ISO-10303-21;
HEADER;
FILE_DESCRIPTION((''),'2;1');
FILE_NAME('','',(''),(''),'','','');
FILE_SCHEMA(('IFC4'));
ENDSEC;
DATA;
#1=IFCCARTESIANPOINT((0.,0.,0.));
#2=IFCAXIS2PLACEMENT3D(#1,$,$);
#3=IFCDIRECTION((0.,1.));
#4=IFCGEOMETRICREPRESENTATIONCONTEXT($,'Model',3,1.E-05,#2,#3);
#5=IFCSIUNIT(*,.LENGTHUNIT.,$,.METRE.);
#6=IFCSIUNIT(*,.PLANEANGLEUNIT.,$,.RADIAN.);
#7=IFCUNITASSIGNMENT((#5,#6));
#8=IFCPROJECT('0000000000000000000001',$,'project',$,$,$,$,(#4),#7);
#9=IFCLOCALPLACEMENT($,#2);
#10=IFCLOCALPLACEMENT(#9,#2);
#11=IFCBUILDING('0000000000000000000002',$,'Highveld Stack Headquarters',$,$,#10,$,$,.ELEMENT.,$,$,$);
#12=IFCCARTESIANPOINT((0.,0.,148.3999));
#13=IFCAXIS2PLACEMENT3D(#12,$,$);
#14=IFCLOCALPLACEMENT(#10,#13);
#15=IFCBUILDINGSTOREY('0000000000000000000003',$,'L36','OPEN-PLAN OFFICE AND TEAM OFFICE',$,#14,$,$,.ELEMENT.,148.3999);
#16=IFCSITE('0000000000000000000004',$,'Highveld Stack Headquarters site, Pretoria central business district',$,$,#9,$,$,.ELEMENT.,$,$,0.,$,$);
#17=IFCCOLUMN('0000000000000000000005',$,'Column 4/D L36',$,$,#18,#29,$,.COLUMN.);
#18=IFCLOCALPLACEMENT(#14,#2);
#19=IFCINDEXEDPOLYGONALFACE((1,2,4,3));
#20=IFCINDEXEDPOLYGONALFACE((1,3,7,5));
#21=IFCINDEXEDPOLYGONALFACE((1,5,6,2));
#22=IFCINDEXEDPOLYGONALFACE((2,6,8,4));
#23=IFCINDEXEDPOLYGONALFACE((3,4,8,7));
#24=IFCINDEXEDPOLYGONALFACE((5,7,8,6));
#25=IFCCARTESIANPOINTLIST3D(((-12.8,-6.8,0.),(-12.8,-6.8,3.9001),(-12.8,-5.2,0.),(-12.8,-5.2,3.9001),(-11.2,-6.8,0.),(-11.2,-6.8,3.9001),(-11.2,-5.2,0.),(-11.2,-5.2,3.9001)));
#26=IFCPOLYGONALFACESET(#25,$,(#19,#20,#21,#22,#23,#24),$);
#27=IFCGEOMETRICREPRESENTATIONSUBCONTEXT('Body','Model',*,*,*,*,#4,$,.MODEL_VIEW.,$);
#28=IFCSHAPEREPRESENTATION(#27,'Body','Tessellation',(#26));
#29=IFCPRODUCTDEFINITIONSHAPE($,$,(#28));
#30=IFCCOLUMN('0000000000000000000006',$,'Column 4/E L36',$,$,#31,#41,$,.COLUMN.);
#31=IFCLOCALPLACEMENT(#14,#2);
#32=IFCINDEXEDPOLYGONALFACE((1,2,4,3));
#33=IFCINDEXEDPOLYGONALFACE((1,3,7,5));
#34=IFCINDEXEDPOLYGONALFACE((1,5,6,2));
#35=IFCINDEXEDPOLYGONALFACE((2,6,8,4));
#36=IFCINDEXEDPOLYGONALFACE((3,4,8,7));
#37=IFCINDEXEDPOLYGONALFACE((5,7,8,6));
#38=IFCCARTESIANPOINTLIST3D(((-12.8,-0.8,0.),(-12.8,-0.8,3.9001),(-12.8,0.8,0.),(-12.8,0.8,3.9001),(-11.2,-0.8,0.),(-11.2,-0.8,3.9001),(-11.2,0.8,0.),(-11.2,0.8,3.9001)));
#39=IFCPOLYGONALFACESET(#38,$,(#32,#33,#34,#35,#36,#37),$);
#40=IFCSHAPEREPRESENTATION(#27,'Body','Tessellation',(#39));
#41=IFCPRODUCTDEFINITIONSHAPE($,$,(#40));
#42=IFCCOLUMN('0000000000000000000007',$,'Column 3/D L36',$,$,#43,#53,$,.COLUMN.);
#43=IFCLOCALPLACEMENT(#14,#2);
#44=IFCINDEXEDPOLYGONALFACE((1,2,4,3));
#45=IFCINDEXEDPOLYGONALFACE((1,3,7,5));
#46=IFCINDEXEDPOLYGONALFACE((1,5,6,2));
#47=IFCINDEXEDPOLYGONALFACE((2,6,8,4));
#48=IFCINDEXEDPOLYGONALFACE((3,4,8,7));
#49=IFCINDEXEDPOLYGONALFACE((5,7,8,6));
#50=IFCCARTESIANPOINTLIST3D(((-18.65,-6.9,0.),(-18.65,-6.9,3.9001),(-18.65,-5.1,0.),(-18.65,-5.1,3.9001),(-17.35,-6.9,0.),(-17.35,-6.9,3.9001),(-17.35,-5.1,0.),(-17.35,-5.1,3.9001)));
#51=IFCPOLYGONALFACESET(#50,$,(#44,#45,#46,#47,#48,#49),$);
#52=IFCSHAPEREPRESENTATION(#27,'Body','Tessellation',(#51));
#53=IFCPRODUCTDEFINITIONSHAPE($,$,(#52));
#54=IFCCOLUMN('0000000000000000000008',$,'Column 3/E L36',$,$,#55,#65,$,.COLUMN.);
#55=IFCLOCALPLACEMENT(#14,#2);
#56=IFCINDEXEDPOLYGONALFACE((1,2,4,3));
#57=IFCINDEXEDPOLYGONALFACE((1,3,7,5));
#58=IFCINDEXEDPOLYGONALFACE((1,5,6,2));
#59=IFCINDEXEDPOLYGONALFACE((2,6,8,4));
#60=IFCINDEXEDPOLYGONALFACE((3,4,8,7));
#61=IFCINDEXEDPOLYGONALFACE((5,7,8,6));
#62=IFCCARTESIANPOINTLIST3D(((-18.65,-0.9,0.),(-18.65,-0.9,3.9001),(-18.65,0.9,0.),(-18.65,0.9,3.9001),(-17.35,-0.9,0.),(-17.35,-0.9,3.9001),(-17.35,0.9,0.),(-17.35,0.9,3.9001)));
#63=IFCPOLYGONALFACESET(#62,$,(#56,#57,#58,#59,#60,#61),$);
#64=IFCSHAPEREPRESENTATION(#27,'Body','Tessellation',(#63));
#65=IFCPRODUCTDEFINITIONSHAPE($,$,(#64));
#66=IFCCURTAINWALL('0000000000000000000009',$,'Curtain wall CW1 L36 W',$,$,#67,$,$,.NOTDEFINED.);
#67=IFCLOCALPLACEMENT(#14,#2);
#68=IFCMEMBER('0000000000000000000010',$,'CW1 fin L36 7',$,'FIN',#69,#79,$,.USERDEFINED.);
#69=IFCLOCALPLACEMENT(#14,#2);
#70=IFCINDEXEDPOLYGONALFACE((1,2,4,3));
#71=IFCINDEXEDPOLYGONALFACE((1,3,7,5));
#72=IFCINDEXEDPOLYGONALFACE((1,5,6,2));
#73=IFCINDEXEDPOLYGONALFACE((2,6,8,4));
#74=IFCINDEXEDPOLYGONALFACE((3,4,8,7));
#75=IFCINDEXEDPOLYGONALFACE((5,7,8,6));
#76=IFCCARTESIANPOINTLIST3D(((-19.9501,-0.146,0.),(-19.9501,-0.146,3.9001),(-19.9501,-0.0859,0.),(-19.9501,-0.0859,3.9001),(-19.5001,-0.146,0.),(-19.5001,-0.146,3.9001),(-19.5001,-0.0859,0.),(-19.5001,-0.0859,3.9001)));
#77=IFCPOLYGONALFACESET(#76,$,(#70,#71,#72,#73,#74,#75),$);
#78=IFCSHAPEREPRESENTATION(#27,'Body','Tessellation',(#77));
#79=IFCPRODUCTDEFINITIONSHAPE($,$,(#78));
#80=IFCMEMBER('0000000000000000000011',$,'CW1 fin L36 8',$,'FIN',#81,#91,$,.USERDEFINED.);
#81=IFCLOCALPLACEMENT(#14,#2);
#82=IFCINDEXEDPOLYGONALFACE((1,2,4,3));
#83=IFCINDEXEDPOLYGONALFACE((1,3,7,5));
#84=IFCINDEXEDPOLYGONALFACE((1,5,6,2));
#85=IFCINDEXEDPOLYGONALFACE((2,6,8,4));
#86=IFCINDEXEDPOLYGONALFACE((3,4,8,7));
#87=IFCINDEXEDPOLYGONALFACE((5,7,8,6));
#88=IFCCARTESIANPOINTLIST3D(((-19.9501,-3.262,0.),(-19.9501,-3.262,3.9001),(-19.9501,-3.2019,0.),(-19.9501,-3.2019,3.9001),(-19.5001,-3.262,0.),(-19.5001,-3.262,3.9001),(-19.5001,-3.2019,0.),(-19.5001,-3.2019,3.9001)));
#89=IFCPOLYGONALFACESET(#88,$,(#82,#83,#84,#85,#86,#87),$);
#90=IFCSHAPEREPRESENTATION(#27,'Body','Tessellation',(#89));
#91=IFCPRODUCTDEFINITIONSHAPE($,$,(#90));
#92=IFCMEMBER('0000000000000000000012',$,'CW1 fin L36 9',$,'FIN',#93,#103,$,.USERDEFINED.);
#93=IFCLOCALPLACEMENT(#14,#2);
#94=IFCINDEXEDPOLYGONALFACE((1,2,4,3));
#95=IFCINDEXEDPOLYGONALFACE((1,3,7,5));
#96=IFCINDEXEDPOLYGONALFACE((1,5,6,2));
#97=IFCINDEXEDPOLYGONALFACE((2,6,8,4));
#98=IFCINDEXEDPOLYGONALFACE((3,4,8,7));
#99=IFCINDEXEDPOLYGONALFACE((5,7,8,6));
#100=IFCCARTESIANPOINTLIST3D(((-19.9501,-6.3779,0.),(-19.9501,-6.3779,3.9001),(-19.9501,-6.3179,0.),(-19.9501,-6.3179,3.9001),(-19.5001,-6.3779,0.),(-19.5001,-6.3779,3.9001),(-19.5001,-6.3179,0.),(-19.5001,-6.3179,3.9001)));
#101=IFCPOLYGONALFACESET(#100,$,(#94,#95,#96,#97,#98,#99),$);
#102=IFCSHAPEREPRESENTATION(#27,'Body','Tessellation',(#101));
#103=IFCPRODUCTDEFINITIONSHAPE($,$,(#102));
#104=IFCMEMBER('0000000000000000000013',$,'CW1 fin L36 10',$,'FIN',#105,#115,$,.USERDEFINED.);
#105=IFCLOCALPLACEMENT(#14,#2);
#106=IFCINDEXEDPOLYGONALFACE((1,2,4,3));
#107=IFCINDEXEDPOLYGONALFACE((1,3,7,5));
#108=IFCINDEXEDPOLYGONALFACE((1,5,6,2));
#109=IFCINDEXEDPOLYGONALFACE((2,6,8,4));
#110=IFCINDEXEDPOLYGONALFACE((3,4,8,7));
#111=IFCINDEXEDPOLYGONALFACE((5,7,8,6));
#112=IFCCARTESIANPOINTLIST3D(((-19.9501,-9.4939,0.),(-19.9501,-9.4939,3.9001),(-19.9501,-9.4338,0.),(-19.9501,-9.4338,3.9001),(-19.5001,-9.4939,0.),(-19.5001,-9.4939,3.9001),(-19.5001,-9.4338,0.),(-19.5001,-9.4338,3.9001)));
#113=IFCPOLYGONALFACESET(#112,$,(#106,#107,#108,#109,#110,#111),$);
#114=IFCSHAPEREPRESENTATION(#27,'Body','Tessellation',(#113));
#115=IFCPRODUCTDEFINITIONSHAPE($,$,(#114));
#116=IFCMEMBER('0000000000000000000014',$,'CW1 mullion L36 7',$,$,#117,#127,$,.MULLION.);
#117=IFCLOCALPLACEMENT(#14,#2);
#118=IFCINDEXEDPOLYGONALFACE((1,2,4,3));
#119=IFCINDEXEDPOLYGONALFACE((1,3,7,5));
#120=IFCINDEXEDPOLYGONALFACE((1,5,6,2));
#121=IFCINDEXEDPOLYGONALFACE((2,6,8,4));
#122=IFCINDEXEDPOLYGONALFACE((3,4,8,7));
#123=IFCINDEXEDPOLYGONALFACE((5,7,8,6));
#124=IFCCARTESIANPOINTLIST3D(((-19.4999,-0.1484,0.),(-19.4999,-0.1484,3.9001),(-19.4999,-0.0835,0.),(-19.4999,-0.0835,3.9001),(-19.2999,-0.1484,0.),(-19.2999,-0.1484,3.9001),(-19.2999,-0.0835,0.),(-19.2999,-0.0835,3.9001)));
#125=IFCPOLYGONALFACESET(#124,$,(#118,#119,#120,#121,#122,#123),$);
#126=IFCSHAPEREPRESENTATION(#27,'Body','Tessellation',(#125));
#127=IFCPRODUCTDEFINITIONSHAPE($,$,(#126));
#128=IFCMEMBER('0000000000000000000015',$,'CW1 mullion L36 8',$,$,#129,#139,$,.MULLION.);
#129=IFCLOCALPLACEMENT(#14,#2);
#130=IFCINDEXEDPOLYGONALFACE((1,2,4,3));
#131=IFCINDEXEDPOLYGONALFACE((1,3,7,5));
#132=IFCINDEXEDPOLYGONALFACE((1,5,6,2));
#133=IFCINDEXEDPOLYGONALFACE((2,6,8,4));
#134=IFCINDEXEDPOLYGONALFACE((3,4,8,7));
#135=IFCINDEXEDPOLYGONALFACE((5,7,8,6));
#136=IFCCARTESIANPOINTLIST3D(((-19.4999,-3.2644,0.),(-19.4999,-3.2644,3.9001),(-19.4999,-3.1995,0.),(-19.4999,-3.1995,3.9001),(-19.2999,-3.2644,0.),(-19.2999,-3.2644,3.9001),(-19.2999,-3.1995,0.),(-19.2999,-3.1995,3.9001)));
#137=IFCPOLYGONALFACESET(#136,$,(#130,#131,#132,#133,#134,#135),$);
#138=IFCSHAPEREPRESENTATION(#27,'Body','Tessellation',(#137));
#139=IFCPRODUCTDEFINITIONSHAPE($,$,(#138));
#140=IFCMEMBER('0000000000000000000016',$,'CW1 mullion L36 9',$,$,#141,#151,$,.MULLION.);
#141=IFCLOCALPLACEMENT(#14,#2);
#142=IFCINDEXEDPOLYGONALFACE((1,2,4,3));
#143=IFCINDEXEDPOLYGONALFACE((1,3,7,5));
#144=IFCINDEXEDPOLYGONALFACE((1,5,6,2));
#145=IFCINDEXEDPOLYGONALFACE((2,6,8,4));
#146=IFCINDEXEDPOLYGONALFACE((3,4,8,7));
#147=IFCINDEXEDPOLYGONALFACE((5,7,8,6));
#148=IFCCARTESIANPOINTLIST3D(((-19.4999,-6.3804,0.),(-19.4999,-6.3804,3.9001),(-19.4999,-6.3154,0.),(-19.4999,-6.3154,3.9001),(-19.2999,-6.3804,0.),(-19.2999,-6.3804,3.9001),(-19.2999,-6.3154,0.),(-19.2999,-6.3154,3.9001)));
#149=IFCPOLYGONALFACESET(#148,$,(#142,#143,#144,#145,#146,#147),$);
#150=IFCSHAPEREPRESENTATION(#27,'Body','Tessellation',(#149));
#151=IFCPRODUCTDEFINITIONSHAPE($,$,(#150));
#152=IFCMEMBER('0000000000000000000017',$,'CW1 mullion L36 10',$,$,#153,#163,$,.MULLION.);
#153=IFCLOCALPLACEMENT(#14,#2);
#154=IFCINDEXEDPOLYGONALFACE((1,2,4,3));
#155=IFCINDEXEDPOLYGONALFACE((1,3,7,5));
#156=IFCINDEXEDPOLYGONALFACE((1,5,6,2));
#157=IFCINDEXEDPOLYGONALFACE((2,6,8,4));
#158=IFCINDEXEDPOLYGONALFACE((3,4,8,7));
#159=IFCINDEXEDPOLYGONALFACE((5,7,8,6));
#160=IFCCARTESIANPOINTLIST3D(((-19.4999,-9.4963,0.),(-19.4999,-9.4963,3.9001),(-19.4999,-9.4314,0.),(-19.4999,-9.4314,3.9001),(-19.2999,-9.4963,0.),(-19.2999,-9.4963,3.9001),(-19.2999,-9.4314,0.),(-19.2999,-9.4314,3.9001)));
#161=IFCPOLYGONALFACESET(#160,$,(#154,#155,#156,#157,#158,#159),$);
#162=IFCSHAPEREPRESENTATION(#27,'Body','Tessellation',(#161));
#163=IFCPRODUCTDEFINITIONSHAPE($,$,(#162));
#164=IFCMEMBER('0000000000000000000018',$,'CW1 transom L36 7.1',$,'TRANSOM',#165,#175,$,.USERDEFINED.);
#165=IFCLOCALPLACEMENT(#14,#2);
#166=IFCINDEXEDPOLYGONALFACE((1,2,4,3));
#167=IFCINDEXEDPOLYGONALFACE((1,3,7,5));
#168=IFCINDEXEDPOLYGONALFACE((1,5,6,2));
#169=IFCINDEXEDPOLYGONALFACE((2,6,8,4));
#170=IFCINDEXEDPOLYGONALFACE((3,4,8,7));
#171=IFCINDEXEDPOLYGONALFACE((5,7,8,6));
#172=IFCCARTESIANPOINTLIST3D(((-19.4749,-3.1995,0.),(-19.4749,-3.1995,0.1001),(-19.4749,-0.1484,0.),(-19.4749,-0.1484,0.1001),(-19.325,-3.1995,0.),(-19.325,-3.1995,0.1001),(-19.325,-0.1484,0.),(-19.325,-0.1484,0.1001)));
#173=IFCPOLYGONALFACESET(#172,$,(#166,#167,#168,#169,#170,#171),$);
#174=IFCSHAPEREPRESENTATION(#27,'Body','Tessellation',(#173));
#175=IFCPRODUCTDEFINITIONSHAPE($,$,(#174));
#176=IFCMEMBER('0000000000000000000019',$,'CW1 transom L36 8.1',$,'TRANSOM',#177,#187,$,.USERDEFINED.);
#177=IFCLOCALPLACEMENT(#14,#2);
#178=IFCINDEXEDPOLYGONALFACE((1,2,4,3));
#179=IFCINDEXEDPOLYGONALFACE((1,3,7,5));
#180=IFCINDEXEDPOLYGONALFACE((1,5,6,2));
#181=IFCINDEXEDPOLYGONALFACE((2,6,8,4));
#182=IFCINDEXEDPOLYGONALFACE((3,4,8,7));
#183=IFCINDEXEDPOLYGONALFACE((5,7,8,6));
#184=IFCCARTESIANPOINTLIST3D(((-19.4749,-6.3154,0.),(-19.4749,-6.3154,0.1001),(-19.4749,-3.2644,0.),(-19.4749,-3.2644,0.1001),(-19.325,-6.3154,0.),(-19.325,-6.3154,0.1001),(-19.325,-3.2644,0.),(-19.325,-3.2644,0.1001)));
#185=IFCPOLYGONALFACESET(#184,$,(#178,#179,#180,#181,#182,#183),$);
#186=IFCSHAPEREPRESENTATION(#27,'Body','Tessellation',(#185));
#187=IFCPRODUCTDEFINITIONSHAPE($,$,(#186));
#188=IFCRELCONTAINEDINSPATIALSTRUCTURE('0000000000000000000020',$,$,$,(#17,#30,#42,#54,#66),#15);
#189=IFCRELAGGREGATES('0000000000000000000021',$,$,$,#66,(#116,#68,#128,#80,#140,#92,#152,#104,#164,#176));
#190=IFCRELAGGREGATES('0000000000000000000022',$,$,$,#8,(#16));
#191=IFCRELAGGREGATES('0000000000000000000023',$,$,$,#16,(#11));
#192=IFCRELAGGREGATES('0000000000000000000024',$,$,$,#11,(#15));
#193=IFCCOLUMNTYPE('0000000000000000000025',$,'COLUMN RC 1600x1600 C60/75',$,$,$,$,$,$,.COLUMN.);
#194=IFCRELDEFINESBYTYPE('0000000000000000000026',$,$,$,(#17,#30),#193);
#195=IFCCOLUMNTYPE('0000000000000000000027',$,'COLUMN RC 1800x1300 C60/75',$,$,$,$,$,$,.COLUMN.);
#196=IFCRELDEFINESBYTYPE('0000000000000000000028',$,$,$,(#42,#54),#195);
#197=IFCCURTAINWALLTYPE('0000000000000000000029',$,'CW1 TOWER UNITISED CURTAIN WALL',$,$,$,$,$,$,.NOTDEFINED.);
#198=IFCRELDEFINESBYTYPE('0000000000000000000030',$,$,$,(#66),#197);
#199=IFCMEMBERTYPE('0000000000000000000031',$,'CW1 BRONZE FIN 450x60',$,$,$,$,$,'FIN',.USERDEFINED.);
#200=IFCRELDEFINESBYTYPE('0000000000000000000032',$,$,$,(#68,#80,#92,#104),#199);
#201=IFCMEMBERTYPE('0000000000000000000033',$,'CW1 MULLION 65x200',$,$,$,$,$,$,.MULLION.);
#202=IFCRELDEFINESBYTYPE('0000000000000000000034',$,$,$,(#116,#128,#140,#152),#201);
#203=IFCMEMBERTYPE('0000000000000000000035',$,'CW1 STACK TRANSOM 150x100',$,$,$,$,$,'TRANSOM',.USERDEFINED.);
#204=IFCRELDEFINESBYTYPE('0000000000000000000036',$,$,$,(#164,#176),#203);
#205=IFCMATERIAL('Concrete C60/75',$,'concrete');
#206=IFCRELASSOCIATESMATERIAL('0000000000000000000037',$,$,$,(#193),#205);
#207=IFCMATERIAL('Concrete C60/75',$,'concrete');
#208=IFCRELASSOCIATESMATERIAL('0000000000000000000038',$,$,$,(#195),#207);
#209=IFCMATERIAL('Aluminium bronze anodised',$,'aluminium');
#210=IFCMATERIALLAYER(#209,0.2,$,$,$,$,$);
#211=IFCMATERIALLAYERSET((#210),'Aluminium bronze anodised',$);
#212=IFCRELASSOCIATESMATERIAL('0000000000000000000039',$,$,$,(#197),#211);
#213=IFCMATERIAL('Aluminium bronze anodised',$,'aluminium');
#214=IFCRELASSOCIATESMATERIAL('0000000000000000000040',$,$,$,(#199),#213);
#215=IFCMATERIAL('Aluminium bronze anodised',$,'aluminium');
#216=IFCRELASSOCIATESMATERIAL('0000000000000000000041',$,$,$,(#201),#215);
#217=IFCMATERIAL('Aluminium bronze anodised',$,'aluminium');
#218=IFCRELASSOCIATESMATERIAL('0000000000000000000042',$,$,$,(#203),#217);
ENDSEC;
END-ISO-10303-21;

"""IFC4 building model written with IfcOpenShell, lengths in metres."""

from ifc_helpers import new_model, si_unit, direction, frame, origin, origin_2d, place, context, subcontext, project, spatial, rectangle, extrude, material, layer, layer_set, material_profile, profile_set, type_object, element, aggregate, save


model = new_model("IFC4")

# Units and contexts
model_context = context("Model", 3, precision=1e-05, world=origin(), true_north=direction((0.0, 1.0)))
body_context = subcontext(model_context, "Body", "Model", "MODEL_VIEW")
ifc_project = project(units=[si_unit("LENGTHUNIT", "METRE"), si_unit("PLANEANGLEUNIT", "RADIAN")], contexts=[model_context])

# Site, building, storey
site_placement = place(None, origin())
site = spatial("IfcSite", under=ifc_project, at=site_placement, Name="Highveld Stack Headquarters site, Pretoria central business district", CompositionType="ELEMENT", RefElevation=0.0)
building_placement = place(site_placement, origin())
building = spatial("IfcBuilding", under=site, at=building_placement, Name="Highveld Stack Headquarters", CompositionType="ELEMENT")
storey_placement = place(building_placement, frame((0.0, 0.0, 148.3999)))
storey = spatial("IfcBuildingStorey", under=building, at=storey_placement, Name="L36", Description="OPEN-PLAN OFFICE AND TEAM OFFICE", CompositionType="ELEMENT", Elevation=148.3999)

# Columns
ifc_material_1 = material(Name="Concrete C60/75", Category="concrete")
ifc_material_profile_1 = material_profile(ifc_material_1, rectangle(XDim=1.6001, YDim=1.6001, at=origin_2d()), Name="RC 1600x1600")
ifc_profile_set_1 = profile_set([ifc_material_profile_1], Name="Concrete C60/75")
column_type_1 = type_object("IfcColumnType", Name="COLUMN RC 1600x1600 C60/75", PredefinedType="COLUMN", material=ifc_profile_set_1)
for number, where, z_axis, x_axis, name in (
    (1, (-12.0, -6.0, 0.0), (0.0, 0.0, 1.0), (1.0, 0.0, 0.0), "Column 4/D L36"),
    (2, (-12.0, 0.0, 0.0), (0.0, 0.0, 1.0), (1.0, 0.0, 0.0), "Column 4/E L36"),
):
    element("IfcColumn", number, at=place(storey_placement, frame(where, z_axis=z_axis, x_axis=x_axis)), inside=storey, type_object=column_type_1, Name=name, PredefinedType="COLUMN", context=body_context, shape_type="SweptSolid", body=[
        extrude(rectangle(XDim=1.6001, YDim=1.6001, at=origin_2d()), origin(), (0.0, 0.0, 1.0), 3.9001),
    ])
ifc_material_2 = material(Name="Concrete C60/75", Category="concrete")
ifc_material_profile_2 = material_profile(ifc_material_2, rectangle(XDim=1.8, YDim=1.3, at=origin_2d()), Name="RC 1800x1300")
ifc_profile_set_2 = profile_set([ifc_material_profile_2], Name="Concrete C60/75")
column_type_2 = type_object("IfcColumnType", Name="COLUMN RC 1800x1300 C60/75", PredefinedType="COLUMN", material=ifc_profile_set_2)
for number, where, z_axis, x_axis, name in (
    (3, (-18.0, -6.0, 0.0), (0.0, 0.0, 1.0), (0.0, 1.0, 0.0), "Column 3/D L36"),
    (4, (-18.0, 0.0, 0.0), (0.0, 0.0, 1.0), (0.0, 1.0, 0.0), "Column 3/E L36"),
):
    element("IfcColumn", number, at=place(storey_placement, frame(where, z_axis=z_axis, x_axis=x_axis)), inside=storey, type_object=column_type_2, Name=name, PredefinedType="COLUMN", context=body_context, shape_type="SweptSolid", body=[
        extrude(rectangle(XDim=1.8, YDim=1.3, at=origin_2d()), origin(), (0.0, 0.0, 1.0), 3.9001),
    ])

# Curtain wall, members
ifc_material_3 = material(Name="Aluminium bronze anodised", Category="aluminium")
ifc_layer_1 = layer(ifc_material_3, 0.2)
ifc_layer_set_1 = layer_set([ifc_layer_1], Name="Aluminium bronze anodised")
curtain_wall_type = type_object("IfcCurtainWallType", Name="CW1 TOWER UNITISED CURTAIN WALL", PredefinedType="NOTDEFINED", material=ifc_layer_set_1)
curtain_wall_placement = place(storey_placement, origin())
curtain_wall = element("IfcCurtainWall", 5, at=curtain_wall_placement, inside=storey, type_object=curtain_wall_type, Name="Curtain wall CW1 L36 W", PredefinedType="NOTDEFINED")
ifc_material_4 = material(Name="Aluminium bronze anodised", Category="aluminium")
ifc_material_profile_3 = material_profile(ifc_material_4, rectangle(XDim=0.45, YDim=0.0601, at=origin_2d()), Name="FIN 450x60")
ifc_profile_set_3 = profile_set([ifc_material_profile_3], Name="Aluminium bronze anodised")
member_type_1 = type_object("IfcMemberType", Name="CW1 BRONZE FIN 450x60", ElementType="FIN", PredefinedType="USERDEFINED", material=ifc_profile_set_3)
member_1_placement = place(storey_placement, frame((-19.7251, -0.116, 0.0), z_axis=(0.0, 0.0, 1.0), x_axis=(1.0, 0.0, 0.0)))
member_1 = element("IfcMember", 6, at=member_1_placement, type_object=member_type_1, Name="CW1 fin L36 7", ObjectType="FIN", PredefinedType="USERDEFINED", context=body_context, shape_type="SweptSolid", body=[
    extrude(rectangle(XDim=0.45, YDim=0.0601, at=origin_2d()), origin(), (0.0, 0.0, 1.0), 3.9001),
])
member_2_placement = place(storey_placement, frame((-19.7251, -3.2319, 0.0), z_axis=(0.0, 0.0, 1.0), x_axis=(1.0, 0.0, 0.0)))
member_2 = element("IfcMember", 7, at=member_2_placement, type_object=member_type_1, Name="CW1 fin L36 8", ObjectType="FIN", PredefinedType="USERDEFINED", context=body_context, shape_type="SweptSolid", body=[
    extrude(rectangle(XDim=0.45, YDim=0.0601, at=origin_2d()), origin(), (0.0, 0.0, 1.0), 3.9001),
])
member_3_placement = place(storey_placement, frame((-19.7251, -6.3479, 0.0), z_axis=(0.0, 0.0, 1.0), x_axis=(1.0, 0.0, 0.0)))
member_3 = element("IfcMember", 8, at=member_3_placement, type_object=member_type_1, Name="CW1 fin L36 9", ObjectType="FIN", PredefinedType="USERDEFINED", context=body_context, shape_type="SweptSolid", body=[
    extrude(rectangle(XDim=0.45, YDim=0.0601, at=origin_2d()), origin(), (0.0, 0.0, 1.0), 3.9001),
])
member_4_placement = place(storey_placement, frame((-19.7251, -9.4639, 0.0), z_axis=(0.0, 0.0, 1.0), x_axis=(1.0, 0.0, 0.0)))
member_4 = element("IfcMember", 9, at=member_4_placement, type_object=member_type_1, Name="CW1 fin L36 10", ObjectType="FIN", PredefinedType="USERDEFINED", context=body_context, shape_type="SweptSolid", body=[
    extrude(rectangle(XDim=0.45, YDim=0.0601, at=origin_2d()), origin(), (0.0, 0.0, 1.0), 3.9001),
])
ifc_material_5 = material(Name="Aluminium bronze anodised", Category="aluminium")
ifc_material_profile_4 = material_profile(ifc_material_5, rectangle(XDim=0.2, YDim=0.0649, at=origin_2d()), Name="CW1 MULLION 65x200")
ifc_profile_set_4 = profile_set([ifc_material_profile_4], Name="Aluminium bronze anodised")
member_type_2 = type_object("IfcMemberType", Name="CW1 MULLION 65x200", PredefinedType="MULLION", material=ifc_profile_set_4)
member_5_placement = place(storey_placement, frame((-19.3999, -0.116, 0.0), z_axis=(0.0, 0.0, 1.0), x_axis=(1.0, 0.0, 0.0)))
member_5 = element("IfcMember", 10, at=member_5_placement, type_object=member_type_2, Name="CW1 mullion L36 7", PredefinedType="MULLION", context=body_context, shape_type="SweptSolid", body=[
    extrude(rectangle(XDim=0.2, YDim=0.0649, at=origin_2d()), origin(), (0.0, 0.0, 1.0), 3.9001),
])
member_6_placement = place(storey_placement, frame((-19.3999, -3.2319, 0.0), z_axis=(0.0, 0.0, 1.0), x_axis=(1.0, 0.0, 0.0)))
member_6 = element("IfcMember", 11, at=member_6_placement, type_object=member_type_2, Name="CW1 mullion L36 8", PredefinedType="MULLION", context=body_context, shape_type="SweptSolid", body=[
    extrude(rectangle(XDim=0.2, YDim=0.0649, at=origin_2d()), origin(), (0.0, 0.0, 1.0), 3.9001),
])
member_7_placement = place(storey_placement, frame((-19.3999, -6.3479, 0.0), z_axis=(0.0, 0.0, 1.0), x_axis=(1.0, 0.0, 0.0)))
member_7 = element("IfcMember", 12, at=member_7_placement, type_object=member_type_2, Name="CW1 mullion L36 9", PredefinedType="MULLION", context=body_context, shape_type="SweptSolid", body=[
    extrude(rectangle(XDim=0.2, YDim=0.0649, at=origin_2d()), origin(), (0.0, 0.0, 1.0), 3.9001),
])
member_8_placement = place(storey_placement, frame((-19.3999, -9.4639, 0.0), z_axis=(0.0, 0.0, 1.0), x_axis=(1.0, 0.0, 0.0)))
member_8 = element("IfcMember", 13, at=member_8_placement, type_object=member_type_2, Name="CW1 mullion L36 10", PredefinedType="MULLION", context=body_context, shape_type="SweptSolid", body=[
    extrude(rectangle(XDim=0.2, YDim=0.0649, at=origin_2d()), origin(), (0.0, 0.0, 1.0), 3.9001),
])
ifc_material_6 = material(Name="Aluminium bronze anodised", Category="aluminium")
ifc_material_profile_5 = material_profile(ifc_material_6, rectangle(XDim=0.1499, YDim=0.1001, at=origin_2d()), Name="CW1 TRANSOM 150x100")
ifc_profile_set_5 = profile_set([ifc_material_profile_5], Name="Aluminium bronze anodised")
member_type_3 = type_object("IfcMemberType", Name="CW1 STACK TRANSOM 150x100", ElementType="TRANSOM", PredefinedType="USERDEFINED", material=ifc_profile_set_5)
member_9_placement = place(storey_placement, frame((-19.3999, -0.1484, 0.05), z_axis=(0.0, -1.0, 0.0), x_axis=(1.0, 0.0, 0.0)))
member_9 = element("IfcMember", 14, at=member_9_placement, type_object=member_type_3, Name="CW1 transom L36 7.1", ObjectType="TRANSOM", PredefinedType="USERDEFINED", context=body_context, shape_type="SweptSolid", body=[
    extrude(rectangle(XDim=0.1499, YDim=0.1001, at=origin_2d()), origin(), (0.0, 0.0, 1.0), 3.051),
])
member_10_placement = place(storey_placement, frame((-19.3999, -3.2644, 0.05), z_axis=(0.0, -1.0, 0.0), x_axis=(1.0, 0.0, 0.0)))
member_10 = element("IfcMember", 15, at=member_10_placement, type_object=member_type_3, Name="CW1 transom L36 8.1", ObjectType="TRANSOM", PredefinedType="USERDEFINED", context=body_context, shape_type="SweptSolid", body=[
    extrude(rectangle(XDim=0.1499, YDim=0.1001, at=origin_2d()), origin(), (0.0, 0.0, 1.0), 3.051),
])
aggregate(curtain_wall, [member_5, member_1, member_6, member_2, member_7, member_3, member_8, member_4, member_9, member_10])

save(model, "model.ifc")
